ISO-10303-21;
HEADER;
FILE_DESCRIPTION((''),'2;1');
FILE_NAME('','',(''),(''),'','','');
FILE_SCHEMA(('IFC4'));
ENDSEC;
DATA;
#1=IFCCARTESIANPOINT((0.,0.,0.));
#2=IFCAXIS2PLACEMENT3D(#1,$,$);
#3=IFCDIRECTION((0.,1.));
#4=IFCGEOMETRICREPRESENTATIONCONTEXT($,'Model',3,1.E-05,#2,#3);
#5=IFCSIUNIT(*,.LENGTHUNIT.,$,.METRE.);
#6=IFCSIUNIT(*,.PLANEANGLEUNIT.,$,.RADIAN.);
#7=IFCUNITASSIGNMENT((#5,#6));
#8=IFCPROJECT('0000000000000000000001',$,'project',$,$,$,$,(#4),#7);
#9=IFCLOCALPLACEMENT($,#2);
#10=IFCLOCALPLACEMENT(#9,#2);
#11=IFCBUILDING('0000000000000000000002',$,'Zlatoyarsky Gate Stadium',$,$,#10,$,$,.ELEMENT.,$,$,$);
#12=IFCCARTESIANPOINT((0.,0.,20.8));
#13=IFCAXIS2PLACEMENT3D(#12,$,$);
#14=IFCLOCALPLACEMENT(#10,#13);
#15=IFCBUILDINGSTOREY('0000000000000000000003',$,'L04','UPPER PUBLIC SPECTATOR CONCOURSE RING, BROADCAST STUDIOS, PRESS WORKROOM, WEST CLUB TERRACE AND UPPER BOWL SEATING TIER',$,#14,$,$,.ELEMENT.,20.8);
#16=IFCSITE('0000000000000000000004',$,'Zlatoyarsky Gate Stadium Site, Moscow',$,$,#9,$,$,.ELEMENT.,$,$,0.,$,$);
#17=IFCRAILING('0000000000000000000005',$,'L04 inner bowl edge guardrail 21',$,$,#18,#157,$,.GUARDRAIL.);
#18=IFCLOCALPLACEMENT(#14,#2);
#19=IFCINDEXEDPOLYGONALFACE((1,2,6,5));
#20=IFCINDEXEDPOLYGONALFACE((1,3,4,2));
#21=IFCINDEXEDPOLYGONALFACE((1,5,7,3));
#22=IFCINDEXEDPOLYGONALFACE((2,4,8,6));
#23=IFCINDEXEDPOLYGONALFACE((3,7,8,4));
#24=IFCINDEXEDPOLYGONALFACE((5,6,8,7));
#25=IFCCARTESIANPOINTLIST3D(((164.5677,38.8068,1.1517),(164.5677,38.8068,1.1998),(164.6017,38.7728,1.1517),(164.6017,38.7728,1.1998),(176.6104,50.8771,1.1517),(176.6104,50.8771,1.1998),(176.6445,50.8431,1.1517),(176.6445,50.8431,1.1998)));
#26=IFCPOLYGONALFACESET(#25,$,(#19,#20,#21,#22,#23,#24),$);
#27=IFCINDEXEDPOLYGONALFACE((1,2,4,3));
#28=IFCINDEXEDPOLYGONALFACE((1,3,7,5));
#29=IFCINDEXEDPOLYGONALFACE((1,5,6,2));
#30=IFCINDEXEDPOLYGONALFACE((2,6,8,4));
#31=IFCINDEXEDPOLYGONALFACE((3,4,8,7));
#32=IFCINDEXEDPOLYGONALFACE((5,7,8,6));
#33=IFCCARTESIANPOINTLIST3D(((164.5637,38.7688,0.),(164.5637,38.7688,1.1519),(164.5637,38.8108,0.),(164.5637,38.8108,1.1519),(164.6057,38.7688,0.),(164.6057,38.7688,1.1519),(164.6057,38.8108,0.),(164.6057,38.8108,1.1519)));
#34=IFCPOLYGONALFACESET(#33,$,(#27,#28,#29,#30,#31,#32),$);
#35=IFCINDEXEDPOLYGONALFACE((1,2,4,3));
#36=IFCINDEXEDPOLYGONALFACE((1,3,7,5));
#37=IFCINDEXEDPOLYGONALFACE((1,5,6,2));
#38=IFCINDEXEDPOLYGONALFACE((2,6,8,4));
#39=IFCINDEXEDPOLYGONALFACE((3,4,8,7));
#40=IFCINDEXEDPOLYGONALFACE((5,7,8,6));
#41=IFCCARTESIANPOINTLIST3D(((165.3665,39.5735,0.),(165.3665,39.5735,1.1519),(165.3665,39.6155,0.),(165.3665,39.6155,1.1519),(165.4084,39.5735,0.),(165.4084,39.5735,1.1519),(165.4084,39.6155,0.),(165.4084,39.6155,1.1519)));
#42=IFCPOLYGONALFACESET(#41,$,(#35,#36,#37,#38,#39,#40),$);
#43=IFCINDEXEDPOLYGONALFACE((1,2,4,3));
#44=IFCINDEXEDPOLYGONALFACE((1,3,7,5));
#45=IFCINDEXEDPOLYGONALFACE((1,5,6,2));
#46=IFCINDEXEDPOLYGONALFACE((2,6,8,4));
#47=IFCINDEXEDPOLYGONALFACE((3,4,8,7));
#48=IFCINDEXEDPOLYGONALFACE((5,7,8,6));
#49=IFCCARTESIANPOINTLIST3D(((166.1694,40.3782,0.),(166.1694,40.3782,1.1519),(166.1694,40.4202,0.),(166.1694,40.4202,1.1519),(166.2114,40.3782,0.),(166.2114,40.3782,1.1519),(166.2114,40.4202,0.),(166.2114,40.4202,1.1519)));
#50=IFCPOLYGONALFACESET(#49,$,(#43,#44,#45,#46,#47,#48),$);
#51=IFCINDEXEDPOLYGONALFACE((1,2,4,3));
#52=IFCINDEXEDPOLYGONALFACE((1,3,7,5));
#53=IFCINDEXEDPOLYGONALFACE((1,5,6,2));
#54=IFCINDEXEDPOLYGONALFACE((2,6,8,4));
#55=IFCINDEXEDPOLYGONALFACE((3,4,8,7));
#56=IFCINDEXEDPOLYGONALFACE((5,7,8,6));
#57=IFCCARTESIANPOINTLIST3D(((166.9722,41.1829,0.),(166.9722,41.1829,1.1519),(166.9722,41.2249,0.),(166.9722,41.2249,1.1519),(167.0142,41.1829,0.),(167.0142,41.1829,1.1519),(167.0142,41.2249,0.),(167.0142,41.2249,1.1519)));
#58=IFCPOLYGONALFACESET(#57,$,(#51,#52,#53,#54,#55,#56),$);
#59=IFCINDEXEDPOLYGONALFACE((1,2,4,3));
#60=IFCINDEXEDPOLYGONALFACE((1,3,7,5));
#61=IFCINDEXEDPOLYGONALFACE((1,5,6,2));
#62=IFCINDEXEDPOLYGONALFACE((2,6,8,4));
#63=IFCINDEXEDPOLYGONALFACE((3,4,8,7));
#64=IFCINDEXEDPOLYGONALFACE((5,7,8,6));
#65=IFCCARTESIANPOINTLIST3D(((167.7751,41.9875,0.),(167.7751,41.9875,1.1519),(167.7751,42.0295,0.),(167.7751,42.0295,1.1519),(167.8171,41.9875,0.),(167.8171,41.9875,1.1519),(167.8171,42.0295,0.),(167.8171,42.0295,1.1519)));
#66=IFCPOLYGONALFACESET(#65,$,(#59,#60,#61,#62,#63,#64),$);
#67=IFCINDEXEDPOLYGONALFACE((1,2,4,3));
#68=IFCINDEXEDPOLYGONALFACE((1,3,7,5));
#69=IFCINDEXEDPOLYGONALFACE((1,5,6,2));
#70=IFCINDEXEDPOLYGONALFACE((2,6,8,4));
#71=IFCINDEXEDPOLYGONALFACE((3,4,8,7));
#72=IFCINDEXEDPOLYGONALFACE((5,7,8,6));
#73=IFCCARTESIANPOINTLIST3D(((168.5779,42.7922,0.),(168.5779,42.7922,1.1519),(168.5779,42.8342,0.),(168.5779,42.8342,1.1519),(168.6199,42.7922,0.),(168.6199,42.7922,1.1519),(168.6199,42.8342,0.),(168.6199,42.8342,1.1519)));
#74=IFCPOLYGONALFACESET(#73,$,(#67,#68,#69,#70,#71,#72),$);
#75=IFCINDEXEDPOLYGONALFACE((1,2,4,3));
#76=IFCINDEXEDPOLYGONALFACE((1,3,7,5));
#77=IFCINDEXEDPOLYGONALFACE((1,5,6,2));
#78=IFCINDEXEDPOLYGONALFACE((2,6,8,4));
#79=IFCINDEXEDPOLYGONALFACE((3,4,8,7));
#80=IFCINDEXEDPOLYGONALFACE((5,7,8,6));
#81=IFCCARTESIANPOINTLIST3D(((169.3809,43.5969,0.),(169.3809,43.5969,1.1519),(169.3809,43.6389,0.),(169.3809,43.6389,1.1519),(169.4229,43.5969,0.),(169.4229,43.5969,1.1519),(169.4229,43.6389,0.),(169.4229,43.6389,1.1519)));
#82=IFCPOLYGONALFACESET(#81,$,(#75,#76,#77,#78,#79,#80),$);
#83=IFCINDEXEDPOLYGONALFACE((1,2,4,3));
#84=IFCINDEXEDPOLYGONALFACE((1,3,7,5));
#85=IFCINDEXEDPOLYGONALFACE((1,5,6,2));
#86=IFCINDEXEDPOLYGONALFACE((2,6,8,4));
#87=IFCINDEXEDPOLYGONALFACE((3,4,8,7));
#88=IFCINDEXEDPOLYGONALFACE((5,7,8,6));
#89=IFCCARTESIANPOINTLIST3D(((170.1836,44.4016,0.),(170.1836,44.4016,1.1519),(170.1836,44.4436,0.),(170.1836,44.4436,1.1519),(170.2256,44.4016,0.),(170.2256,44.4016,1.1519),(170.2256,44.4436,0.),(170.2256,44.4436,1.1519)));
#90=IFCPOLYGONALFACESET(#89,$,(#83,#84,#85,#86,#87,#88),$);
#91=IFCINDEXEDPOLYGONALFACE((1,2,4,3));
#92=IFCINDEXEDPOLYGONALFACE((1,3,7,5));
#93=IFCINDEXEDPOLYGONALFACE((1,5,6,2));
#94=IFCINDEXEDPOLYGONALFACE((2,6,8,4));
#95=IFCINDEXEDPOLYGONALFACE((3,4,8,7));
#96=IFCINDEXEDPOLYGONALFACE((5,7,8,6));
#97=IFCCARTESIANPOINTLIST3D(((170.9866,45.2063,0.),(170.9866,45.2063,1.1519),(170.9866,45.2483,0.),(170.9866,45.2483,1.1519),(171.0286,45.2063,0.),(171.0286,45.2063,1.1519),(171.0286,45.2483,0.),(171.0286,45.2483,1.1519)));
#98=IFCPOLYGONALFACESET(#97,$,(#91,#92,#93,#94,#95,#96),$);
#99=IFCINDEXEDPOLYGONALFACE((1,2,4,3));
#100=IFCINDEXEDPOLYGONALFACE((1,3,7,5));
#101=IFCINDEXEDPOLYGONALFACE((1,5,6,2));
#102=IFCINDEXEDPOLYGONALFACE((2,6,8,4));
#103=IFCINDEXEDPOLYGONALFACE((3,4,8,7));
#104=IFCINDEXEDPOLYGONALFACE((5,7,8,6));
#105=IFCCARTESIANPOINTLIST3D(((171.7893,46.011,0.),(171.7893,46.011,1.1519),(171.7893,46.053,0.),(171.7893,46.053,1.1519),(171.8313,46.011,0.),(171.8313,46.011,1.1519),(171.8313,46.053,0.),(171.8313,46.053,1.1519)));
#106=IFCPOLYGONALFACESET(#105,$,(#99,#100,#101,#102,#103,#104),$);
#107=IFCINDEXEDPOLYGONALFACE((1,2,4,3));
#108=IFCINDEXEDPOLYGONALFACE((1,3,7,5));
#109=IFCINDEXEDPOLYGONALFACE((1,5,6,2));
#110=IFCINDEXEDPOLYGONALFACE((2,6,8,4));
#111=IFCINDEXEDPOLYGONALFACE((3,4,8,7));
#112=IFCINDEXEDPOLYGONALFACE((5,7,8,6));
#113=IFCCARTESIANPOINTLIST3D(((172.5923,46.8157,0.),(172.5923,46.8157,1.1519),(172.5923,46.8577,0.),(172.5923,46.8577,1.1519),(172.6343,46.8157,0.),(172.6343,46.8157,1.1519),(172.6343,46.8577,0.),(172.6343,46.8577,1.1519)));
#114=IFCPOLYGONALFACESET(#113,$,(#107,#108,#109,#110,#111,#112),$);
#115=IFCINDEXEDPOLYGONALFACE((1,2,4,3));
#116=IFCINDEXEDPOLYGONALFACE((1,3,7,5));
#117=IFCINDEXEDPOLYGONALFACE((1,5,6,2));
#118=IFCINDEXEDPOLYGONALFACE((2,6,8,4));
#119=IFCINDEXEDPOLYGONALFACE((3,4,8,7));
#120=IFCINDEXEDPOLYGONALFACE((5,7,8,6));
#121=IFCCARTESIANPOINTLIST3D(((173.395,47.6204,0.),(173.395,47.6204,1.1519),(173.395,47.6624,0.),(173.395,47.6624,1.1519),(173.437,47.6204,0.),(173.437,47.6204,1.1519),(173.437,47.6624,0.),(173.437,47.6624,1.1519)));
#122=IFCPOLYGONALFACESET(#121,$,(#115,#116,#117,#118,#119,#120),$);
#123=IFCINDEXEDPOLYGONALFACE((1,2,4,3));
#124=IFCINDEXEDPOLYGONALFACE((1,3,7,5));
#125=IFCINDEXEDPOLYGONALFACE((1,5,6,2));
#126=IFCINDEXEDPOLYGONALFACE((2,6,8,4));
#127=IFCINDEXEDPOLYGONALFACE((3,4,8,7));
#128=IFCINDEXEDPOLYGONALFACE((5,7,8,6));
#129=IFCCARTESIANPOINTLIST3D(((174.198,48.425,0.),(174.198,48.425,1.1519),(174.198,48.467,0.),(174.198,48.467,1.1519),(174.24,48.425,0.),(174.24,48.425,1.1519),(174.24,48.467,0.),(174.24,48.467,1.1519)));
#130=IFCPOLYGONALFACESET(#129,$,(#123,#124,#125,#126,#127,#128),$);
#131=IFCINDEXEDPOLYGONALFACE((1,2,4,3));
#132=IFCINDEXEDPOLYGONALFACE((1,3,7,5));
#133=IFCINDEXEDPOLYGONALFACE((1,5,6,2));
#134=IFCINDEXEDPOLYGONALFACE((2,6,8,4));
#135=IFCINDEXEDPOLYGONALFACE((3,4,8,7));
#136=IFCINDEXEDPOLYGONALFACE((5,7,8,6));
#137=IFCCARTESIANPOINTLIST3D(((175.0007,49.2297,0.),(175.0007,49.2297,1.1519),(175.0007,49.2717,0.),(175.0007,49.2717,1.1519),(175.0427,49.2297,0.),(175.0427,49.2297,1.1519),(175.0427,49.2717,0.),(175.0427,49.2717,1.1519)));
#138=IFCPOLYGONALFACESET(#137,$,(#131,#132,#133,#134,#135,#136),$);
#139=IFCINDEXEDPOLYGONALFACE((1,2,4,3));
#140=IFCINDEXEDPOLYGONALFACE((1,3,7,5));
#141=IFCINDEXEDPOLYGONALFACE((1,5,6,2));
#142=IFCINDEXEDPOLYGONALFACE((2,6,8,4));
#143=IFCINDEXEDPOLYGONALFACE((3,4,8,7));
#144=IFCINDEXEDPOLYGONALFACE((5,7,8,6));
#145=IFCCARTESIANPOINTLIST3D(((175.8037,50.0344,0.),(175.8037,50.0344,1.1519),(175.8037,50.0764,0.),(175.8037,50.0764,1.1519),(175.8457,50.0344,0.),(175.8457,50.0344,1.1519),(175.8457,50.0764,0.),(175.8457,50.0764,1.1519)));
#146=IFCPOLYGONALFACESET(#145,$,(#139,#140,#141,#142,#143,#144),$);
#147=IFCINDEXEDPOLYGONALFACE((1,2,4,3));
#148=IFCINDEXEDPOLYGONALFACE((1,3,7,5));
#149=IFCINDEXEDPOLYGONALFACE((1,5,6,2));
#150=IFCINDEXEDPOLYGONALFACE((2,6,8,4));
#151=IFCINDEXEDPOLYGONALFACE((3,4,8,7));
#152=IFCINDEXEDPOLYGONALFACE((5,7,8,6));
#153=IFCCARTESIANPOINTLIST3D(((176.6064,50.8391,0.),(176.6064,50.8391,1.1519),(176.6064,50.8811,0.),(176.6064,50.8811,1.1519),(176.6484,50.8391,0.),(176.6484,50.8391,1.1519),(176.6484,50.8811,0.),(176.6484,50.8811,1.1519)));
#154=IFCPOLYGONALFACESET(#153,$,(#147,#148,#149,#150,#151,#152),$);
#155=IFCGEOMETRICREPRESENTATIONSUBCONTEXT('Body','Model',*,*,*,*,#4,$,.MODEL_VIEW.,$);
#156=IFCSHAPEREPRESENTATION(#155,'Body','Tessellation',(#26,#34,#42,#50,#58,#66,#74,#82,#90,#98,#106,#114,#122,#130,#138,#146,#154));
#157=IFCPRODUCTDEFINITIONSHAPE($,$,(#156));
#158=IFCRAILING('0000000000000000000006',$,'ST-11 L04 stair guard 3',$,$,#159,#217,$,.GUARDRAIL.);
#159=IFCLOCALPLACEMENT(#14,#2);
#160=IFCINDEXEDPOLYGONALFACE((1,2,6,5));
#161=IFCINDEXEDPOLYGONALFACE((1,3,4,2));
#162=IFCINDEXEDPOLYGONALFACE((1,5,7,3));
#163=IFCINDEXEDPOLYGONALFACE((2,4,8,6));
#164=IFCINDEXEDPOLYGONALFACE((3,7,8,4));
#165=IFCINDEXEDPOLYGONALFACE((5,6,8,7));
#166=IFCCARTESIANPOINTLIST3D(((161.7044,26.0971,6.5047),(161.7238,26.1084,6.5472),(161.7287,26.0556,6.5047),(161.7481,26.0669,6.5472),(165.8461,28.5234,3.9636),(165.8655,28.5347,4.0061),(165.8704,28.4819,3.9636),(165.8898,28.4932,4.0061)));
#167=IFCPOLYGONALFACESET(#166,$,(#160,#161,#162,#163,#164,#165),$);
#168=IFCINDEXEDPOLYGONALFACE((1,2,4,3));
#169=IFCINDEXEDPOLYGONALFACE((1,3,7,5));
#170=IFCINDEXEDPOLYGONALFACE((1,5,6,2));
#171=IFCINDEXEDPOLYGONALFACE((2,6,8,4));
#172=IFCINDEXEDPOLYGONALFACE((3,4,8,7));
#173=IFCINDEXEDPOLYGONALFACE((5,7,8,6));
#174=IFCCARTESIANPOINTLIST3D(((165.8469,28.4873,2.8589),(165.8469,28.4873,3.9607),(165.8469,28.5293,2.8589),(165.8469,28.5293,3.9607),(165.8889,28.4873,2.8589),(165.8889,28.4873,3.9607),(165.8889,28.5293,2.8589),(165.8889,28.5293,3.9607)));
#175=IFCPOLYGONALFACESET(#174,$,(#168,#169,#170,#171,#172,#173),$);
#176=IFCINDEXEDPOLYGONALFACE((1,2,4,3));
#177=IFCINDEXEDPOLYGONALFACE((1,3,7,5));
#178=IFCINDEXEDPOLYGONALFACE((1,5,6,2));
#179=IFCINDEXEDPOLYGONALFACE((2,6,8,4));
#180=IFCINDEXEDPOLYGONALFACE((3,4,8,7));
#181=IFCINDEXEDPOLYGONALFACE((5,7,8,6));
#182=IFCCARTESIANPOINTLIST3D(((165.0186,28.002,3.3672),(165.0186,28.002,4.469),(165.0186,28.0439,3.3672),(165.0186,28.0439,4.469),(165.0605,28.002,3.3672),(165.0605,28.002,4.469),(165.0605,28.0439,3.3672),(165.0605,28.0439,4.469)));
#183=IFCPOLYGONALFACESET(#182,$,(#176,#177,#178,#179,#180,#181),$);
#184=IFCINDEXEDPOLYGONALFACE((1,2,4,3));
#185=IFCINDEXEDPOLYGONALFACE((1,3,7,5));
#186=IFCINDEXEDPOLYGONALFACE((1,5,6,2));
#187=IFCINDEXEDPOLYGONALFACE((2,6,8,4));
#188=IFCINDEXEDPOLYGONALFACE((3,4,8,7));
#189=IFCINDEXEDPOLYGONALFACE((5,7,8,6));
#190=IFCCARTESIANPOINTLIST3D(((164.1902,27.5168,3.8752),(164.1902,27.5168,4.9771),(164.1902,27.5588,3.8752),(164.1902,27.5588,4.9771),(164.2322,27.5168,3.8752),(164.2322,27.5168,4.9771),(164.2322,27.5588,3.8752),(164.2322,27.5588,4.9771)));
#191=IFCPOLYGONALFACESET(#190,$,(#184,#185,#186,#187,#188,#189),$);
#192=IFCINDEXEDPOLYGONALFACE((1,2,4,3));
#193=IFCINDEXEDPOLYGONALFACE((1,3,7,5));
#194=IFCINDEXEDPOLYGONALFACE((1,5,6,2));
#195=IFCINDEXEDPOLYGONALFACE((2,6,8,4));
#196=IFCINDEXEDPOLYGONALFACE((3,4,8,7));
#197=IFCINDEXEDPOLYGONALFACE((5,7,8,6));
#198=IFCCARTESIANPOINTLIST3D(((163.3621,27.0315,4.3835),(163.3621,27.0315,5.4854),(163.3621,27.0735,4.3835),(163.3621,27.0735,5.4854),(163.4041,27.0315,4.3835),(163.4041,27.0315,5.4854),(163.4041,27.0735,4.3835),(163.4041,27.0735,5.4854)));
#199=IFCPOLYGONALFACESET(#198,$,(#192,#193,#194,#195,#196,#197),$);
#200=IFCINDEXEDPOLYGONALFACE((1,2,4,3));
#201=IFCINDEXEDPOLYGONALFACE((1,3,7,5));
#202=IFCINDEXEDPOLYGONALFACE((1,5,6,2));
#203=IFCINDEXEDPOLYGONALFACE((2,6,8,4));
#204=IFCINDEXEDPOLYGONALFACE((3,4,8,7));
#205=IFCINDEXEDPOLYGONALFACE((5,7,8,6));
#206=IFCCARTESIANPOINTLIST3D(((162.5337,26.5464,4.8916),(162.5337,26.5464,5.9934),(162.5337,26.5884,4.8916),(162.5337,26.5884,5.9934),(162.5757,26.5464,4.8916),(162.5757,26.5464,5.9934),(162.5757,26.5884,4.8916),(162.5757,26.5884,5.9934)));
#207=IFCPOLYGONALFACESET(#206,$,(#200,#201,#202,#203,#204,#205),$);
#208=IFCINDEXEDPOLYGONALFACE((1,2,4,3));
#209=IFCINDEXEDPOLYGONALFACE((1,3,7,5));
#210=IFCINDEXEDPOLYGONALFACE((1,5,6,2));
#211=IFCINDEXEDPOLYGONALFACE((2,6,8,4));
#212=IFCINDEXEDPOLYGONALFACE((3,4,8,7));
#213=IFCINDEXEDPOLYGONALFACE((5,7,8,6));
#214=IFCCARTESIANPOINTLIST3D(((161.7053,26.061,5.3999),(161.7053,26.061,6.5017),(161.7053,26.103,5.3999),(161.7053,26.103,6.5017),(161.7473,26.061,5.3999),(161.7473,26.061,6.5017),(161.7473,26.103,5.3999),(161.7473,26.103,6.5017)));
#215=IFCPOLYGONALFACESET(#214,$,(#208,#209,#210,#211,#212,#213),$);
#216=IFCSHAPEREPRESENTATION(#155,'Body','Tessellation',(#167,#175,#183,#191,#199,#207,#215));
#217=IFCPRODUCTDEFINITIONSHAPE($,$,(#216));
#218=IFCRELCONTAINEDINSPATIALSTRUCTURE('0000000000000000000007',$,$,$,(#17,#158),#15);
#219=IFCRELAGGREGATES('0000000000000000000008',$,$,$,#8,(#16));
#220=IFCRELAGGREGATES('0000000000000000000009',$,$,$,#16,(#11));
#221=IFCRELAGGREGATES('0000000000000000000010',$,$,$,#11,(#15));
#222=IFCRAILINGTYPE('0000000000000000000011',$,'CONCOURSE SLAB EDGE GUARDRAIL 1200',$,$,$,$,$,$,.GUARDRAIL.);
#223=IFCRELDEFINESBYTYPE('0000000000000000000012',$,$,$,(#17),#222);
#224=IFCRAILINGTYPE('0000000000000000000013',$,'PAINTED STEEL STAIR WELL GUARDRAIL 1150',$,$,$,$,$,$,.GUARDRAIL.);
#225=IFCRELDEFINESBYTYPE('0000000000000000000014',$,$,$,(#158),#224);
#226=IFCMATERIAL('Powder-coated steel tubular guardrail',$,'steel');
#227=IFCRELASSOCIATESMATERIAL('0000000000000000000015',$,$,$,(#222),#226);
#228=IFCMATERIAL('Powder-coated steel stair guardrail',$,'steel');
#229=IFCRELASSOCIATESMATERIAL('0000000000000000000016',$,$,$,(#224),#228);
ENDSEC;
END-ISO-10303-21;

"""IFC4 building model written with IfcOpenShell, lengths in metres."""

from ifc_helpers import new_model, si_unit, direction, frame, origin, origin_2d, place, context, subcontext, project, spatial, rectangle, extrude, material, type_object, element, save


model = new_model("IFC4")

# Units and contexts
model_context = context("Model", 3, precision=1e-05, world=origin(), true_north=direction((0.0, 1.0)))
body_context = subcontext(model_context, "Body", "Model", "MODEL_VIEW")
ifc_project = project(units=[si_unit("LENGTHUNIT", "METRE"), si_unit("PLANEANGLEUNIT", "RADIAN")], contexts=[model_context])

# Site, building, storey
site_placement = place(None, origin())
site = spatial("IfcSite", under=ifc_project, at=site_placement, Name="Zlatoyarsky Gate Stadium Site, Moscow", CompositionType="ELEMENT", RefElevation=0.0)
building_placement = place(site_placement, origin())
building = spatial("IfcBuilding", under=site, at=building_placement, Name="Zlatoyarsky Gate Stadium", CompositionType="ELEMENT")
storey_placement = place(building_placement, frame((0.0, 0.0, 20.8)))
storey = spatial("IfcBuildingStorey", under=building, at=storey_placement, Name="L04", Description="UPPER PUBLIC SPECTATOR CONCOURSE RING, BROADCAST STUDIOS, PRESS WORKROOM, WEST CLUB TERRACE AND UPPER BOWL SEATING TIER", CompositionType="ELEMENT", Elevation=20.8)

# Railings
ifc_material_1 = material(Name="Powder-coated steel tubular guardrail", Category="steel")
railing_type_1 = type_object("IfcRailingType", Name="CONCOURSE SLAB EDGE GUARDRAIL 1200", PredefinedType="GUARDRAIL", material=ifc_material_1)
railing_1_placement = place(storey_placement, frame((164.5847, 38.7898, 0.0)))
element("IfcRailing", 1, at=railing_1_placement, inside=storey, type_object=railing_type_1, Name="L04 inner bowl edge guardrail 21", PredefinedType="GUARDRAIL", context=body_context, shape_type="SweptSolid", body=[
    extrude(rectangle(XDim=0.0481, YDim=0.0481, at=origin_2d()), frame((0.0, 0.0, 1.1758), z_axis=(0.706297, 0.707915, 0.0), x_axis=(-0.707915, 0.706297, 0.0)), (0.0, 0.0, 1.0), 17.0505),
    extrude(rectangle(XDim=0.042, YDim=0.042, at=origin_2d()), origin(), (0.0, 0.0, 1.0), 1.1519),
    extrude(rectangle(XDim=0.042, YDim=0.042, at=origin_2d()), frame((0.8027, 0.8047, 0.0)), (0.0, 0.0, 1.0), 1.1519),
    extrude(rectangle(XDim=0.042, YDim=0.042, at=origin_2d()), frame((1.6057, 1.6094, 0.0)), (0.0, 0.0, 1.0), 1.1519),
    extrude(rectangle(XDim=0.042, YDim=0.042, at=origin_2d()), frame((2.4084, 2.4141, 0.0)), (0.0, 0.0, 1.0), 1.1519),
    extrude(rectangle(XDim=0.042, YDim=0.042, at=origin_2d()), frame((3.2114, 3.2188, 0.0)), (0.0, 0.0, 1.0), 1.1519),
    extrude(rectangle(XDim=0.042, YDim=0.042, at=origin_2d()), frame((4.0142, 4.0234, 0.0)), (0.0, 0.0, 1.0), 1.1519),
    extrude(rectangle(XDim=0.042, YDim=0.042, at=origin_2d()), frame((4.8171, 4.8281, 0.0)), (0.0, 0.0, 1.0), 1.1519),
    extrude(rectangle(XDim=0.042, YDim=0.042, at=origin_2d()), frame((5.6199, 5.6328, 0.0)), (0.0, 0.0, 1.0), 1.1519),
    extrude(rectangle(XDim=0.042, YDim=0.042, at=origin_2d()), frame((6.4229, 6.4375, 0.0)), (0.0, 0.0, 1.0), 1.1519),
    extrude(rectangle(XDim=0.042, YDim=0.042, at=origin_2d()), frame((7.2256, 7.2422, 0.0)), (0.0, 0.0, 1.0), 1.1519),
    extrude(rectangle(XDim=0.042, YDim=0.042, at=origin_2d()), frame((8.0286, 8.0469, 0.0)), (0.0, 0.0, 1.0), 1.1519),
    extrude(rectangle(XDim=0.042, YDim=0.042, at=origin_2d()), frame((8.8313, 8.8516, 0.0)), (0.0, 0.0, 1.0), 1.1519),
    extrude(rectangle(XDim=0.042, YDim=0.042, at=origin_2d()), frame((9.6343, 9.6562, 0.0)), (0.0, 0.0, 1.0), 1.1519),
    extrude(rectangle(XDim=0.042, YDim=0.042, at=origin_2d()), frame((10.437, 10.4609, 0.0)), (0.0, 0.0, 1.0), 1.1519),
    extrude(rectangle(XDim=0.042, YDim=0.042, at=origin_2d()), frame((11.24, 11.2656, 0.0)), (0.0, 0.0, 1.0), 1.1519),
    extrude(rectangle(XDim=0.042, YDim=0.042, at=origin_2d()), frame((12.0427, 12.0703, 0.0)), (0.0, 0.0, 1.0), 1.1519),
])
ifc_material_2 = material(Name="Powder-coated steel stair guardrail", Category="steel")
railing_type_2 = type_object("IfcRailingType", Name="PAINTED STEEL STAIR WELL GUARDRAIL 1150", PredefinedType="GUARDRAIL", material=ifc_material_2)
railing_2_placement = place(storey_placement, frame((165.8679, 28.5083, 2.8589)))
element("IfcRailing", 2, at=railing_2_placement, inside=storey, type_object=railing_type_2, Name="ST-11 L04 stair guard 3", PredefinedType="GUARDRAIL", context=body_context, shape_type="SweptSolid", body=[
    extrude(rectangle(XDim=0.0481, YDim=0.0481, at=origin_2d()), frame((0.0, 0.0, 1.126), z_axis=(-0.762577, -0.44674, 0.467867), x_axis=(0.505477, -0.86284, 0.0)), (0.0, 0.0, 1.0), 5.4312),
    extrude(rectangle(XDim=0.042, YDim=0.042, at=origin_2d()), origin(), (0.0, 0.0, 1.0), 1.1018),
    extrude(rectangle(XDim=0.042, YDim=0.042, at=origin_2d()), frame((-0.8284, -0.4854, 0.5083)), (0.0, 0.0, 1.0), 1.1018),
    extrude(rectangle(XDim=0.042, YDim=0.042, at=origin_2d()), frame((-1.6567, -0.9705, 1.0164)), (0.0, 0.0, 1.0), 1.1018),
    extrude(rectangle(XDim=0.042, YDim=0.042, at=origin_2d()), frame((-2.4849, -1.4558, 1.5247)), (0.0, 0.0, 1.0), 1.1018),
    extrude(rectangle(XDim=0.042, YDim=0.042, at=origin_2d()), frame((-3.3132, -1.9409, 2.0327)), (0.0, 0.0, 1.0), 1.1018),
    extrude(rectangle(XDim=0.042, YDim=0.042, at=origin_2d()), frame((-4.1416, -2.4263, 2.541)), (0.0, 0.0, 1.0), 1.1018),
])

save(model, "model.ifc")
